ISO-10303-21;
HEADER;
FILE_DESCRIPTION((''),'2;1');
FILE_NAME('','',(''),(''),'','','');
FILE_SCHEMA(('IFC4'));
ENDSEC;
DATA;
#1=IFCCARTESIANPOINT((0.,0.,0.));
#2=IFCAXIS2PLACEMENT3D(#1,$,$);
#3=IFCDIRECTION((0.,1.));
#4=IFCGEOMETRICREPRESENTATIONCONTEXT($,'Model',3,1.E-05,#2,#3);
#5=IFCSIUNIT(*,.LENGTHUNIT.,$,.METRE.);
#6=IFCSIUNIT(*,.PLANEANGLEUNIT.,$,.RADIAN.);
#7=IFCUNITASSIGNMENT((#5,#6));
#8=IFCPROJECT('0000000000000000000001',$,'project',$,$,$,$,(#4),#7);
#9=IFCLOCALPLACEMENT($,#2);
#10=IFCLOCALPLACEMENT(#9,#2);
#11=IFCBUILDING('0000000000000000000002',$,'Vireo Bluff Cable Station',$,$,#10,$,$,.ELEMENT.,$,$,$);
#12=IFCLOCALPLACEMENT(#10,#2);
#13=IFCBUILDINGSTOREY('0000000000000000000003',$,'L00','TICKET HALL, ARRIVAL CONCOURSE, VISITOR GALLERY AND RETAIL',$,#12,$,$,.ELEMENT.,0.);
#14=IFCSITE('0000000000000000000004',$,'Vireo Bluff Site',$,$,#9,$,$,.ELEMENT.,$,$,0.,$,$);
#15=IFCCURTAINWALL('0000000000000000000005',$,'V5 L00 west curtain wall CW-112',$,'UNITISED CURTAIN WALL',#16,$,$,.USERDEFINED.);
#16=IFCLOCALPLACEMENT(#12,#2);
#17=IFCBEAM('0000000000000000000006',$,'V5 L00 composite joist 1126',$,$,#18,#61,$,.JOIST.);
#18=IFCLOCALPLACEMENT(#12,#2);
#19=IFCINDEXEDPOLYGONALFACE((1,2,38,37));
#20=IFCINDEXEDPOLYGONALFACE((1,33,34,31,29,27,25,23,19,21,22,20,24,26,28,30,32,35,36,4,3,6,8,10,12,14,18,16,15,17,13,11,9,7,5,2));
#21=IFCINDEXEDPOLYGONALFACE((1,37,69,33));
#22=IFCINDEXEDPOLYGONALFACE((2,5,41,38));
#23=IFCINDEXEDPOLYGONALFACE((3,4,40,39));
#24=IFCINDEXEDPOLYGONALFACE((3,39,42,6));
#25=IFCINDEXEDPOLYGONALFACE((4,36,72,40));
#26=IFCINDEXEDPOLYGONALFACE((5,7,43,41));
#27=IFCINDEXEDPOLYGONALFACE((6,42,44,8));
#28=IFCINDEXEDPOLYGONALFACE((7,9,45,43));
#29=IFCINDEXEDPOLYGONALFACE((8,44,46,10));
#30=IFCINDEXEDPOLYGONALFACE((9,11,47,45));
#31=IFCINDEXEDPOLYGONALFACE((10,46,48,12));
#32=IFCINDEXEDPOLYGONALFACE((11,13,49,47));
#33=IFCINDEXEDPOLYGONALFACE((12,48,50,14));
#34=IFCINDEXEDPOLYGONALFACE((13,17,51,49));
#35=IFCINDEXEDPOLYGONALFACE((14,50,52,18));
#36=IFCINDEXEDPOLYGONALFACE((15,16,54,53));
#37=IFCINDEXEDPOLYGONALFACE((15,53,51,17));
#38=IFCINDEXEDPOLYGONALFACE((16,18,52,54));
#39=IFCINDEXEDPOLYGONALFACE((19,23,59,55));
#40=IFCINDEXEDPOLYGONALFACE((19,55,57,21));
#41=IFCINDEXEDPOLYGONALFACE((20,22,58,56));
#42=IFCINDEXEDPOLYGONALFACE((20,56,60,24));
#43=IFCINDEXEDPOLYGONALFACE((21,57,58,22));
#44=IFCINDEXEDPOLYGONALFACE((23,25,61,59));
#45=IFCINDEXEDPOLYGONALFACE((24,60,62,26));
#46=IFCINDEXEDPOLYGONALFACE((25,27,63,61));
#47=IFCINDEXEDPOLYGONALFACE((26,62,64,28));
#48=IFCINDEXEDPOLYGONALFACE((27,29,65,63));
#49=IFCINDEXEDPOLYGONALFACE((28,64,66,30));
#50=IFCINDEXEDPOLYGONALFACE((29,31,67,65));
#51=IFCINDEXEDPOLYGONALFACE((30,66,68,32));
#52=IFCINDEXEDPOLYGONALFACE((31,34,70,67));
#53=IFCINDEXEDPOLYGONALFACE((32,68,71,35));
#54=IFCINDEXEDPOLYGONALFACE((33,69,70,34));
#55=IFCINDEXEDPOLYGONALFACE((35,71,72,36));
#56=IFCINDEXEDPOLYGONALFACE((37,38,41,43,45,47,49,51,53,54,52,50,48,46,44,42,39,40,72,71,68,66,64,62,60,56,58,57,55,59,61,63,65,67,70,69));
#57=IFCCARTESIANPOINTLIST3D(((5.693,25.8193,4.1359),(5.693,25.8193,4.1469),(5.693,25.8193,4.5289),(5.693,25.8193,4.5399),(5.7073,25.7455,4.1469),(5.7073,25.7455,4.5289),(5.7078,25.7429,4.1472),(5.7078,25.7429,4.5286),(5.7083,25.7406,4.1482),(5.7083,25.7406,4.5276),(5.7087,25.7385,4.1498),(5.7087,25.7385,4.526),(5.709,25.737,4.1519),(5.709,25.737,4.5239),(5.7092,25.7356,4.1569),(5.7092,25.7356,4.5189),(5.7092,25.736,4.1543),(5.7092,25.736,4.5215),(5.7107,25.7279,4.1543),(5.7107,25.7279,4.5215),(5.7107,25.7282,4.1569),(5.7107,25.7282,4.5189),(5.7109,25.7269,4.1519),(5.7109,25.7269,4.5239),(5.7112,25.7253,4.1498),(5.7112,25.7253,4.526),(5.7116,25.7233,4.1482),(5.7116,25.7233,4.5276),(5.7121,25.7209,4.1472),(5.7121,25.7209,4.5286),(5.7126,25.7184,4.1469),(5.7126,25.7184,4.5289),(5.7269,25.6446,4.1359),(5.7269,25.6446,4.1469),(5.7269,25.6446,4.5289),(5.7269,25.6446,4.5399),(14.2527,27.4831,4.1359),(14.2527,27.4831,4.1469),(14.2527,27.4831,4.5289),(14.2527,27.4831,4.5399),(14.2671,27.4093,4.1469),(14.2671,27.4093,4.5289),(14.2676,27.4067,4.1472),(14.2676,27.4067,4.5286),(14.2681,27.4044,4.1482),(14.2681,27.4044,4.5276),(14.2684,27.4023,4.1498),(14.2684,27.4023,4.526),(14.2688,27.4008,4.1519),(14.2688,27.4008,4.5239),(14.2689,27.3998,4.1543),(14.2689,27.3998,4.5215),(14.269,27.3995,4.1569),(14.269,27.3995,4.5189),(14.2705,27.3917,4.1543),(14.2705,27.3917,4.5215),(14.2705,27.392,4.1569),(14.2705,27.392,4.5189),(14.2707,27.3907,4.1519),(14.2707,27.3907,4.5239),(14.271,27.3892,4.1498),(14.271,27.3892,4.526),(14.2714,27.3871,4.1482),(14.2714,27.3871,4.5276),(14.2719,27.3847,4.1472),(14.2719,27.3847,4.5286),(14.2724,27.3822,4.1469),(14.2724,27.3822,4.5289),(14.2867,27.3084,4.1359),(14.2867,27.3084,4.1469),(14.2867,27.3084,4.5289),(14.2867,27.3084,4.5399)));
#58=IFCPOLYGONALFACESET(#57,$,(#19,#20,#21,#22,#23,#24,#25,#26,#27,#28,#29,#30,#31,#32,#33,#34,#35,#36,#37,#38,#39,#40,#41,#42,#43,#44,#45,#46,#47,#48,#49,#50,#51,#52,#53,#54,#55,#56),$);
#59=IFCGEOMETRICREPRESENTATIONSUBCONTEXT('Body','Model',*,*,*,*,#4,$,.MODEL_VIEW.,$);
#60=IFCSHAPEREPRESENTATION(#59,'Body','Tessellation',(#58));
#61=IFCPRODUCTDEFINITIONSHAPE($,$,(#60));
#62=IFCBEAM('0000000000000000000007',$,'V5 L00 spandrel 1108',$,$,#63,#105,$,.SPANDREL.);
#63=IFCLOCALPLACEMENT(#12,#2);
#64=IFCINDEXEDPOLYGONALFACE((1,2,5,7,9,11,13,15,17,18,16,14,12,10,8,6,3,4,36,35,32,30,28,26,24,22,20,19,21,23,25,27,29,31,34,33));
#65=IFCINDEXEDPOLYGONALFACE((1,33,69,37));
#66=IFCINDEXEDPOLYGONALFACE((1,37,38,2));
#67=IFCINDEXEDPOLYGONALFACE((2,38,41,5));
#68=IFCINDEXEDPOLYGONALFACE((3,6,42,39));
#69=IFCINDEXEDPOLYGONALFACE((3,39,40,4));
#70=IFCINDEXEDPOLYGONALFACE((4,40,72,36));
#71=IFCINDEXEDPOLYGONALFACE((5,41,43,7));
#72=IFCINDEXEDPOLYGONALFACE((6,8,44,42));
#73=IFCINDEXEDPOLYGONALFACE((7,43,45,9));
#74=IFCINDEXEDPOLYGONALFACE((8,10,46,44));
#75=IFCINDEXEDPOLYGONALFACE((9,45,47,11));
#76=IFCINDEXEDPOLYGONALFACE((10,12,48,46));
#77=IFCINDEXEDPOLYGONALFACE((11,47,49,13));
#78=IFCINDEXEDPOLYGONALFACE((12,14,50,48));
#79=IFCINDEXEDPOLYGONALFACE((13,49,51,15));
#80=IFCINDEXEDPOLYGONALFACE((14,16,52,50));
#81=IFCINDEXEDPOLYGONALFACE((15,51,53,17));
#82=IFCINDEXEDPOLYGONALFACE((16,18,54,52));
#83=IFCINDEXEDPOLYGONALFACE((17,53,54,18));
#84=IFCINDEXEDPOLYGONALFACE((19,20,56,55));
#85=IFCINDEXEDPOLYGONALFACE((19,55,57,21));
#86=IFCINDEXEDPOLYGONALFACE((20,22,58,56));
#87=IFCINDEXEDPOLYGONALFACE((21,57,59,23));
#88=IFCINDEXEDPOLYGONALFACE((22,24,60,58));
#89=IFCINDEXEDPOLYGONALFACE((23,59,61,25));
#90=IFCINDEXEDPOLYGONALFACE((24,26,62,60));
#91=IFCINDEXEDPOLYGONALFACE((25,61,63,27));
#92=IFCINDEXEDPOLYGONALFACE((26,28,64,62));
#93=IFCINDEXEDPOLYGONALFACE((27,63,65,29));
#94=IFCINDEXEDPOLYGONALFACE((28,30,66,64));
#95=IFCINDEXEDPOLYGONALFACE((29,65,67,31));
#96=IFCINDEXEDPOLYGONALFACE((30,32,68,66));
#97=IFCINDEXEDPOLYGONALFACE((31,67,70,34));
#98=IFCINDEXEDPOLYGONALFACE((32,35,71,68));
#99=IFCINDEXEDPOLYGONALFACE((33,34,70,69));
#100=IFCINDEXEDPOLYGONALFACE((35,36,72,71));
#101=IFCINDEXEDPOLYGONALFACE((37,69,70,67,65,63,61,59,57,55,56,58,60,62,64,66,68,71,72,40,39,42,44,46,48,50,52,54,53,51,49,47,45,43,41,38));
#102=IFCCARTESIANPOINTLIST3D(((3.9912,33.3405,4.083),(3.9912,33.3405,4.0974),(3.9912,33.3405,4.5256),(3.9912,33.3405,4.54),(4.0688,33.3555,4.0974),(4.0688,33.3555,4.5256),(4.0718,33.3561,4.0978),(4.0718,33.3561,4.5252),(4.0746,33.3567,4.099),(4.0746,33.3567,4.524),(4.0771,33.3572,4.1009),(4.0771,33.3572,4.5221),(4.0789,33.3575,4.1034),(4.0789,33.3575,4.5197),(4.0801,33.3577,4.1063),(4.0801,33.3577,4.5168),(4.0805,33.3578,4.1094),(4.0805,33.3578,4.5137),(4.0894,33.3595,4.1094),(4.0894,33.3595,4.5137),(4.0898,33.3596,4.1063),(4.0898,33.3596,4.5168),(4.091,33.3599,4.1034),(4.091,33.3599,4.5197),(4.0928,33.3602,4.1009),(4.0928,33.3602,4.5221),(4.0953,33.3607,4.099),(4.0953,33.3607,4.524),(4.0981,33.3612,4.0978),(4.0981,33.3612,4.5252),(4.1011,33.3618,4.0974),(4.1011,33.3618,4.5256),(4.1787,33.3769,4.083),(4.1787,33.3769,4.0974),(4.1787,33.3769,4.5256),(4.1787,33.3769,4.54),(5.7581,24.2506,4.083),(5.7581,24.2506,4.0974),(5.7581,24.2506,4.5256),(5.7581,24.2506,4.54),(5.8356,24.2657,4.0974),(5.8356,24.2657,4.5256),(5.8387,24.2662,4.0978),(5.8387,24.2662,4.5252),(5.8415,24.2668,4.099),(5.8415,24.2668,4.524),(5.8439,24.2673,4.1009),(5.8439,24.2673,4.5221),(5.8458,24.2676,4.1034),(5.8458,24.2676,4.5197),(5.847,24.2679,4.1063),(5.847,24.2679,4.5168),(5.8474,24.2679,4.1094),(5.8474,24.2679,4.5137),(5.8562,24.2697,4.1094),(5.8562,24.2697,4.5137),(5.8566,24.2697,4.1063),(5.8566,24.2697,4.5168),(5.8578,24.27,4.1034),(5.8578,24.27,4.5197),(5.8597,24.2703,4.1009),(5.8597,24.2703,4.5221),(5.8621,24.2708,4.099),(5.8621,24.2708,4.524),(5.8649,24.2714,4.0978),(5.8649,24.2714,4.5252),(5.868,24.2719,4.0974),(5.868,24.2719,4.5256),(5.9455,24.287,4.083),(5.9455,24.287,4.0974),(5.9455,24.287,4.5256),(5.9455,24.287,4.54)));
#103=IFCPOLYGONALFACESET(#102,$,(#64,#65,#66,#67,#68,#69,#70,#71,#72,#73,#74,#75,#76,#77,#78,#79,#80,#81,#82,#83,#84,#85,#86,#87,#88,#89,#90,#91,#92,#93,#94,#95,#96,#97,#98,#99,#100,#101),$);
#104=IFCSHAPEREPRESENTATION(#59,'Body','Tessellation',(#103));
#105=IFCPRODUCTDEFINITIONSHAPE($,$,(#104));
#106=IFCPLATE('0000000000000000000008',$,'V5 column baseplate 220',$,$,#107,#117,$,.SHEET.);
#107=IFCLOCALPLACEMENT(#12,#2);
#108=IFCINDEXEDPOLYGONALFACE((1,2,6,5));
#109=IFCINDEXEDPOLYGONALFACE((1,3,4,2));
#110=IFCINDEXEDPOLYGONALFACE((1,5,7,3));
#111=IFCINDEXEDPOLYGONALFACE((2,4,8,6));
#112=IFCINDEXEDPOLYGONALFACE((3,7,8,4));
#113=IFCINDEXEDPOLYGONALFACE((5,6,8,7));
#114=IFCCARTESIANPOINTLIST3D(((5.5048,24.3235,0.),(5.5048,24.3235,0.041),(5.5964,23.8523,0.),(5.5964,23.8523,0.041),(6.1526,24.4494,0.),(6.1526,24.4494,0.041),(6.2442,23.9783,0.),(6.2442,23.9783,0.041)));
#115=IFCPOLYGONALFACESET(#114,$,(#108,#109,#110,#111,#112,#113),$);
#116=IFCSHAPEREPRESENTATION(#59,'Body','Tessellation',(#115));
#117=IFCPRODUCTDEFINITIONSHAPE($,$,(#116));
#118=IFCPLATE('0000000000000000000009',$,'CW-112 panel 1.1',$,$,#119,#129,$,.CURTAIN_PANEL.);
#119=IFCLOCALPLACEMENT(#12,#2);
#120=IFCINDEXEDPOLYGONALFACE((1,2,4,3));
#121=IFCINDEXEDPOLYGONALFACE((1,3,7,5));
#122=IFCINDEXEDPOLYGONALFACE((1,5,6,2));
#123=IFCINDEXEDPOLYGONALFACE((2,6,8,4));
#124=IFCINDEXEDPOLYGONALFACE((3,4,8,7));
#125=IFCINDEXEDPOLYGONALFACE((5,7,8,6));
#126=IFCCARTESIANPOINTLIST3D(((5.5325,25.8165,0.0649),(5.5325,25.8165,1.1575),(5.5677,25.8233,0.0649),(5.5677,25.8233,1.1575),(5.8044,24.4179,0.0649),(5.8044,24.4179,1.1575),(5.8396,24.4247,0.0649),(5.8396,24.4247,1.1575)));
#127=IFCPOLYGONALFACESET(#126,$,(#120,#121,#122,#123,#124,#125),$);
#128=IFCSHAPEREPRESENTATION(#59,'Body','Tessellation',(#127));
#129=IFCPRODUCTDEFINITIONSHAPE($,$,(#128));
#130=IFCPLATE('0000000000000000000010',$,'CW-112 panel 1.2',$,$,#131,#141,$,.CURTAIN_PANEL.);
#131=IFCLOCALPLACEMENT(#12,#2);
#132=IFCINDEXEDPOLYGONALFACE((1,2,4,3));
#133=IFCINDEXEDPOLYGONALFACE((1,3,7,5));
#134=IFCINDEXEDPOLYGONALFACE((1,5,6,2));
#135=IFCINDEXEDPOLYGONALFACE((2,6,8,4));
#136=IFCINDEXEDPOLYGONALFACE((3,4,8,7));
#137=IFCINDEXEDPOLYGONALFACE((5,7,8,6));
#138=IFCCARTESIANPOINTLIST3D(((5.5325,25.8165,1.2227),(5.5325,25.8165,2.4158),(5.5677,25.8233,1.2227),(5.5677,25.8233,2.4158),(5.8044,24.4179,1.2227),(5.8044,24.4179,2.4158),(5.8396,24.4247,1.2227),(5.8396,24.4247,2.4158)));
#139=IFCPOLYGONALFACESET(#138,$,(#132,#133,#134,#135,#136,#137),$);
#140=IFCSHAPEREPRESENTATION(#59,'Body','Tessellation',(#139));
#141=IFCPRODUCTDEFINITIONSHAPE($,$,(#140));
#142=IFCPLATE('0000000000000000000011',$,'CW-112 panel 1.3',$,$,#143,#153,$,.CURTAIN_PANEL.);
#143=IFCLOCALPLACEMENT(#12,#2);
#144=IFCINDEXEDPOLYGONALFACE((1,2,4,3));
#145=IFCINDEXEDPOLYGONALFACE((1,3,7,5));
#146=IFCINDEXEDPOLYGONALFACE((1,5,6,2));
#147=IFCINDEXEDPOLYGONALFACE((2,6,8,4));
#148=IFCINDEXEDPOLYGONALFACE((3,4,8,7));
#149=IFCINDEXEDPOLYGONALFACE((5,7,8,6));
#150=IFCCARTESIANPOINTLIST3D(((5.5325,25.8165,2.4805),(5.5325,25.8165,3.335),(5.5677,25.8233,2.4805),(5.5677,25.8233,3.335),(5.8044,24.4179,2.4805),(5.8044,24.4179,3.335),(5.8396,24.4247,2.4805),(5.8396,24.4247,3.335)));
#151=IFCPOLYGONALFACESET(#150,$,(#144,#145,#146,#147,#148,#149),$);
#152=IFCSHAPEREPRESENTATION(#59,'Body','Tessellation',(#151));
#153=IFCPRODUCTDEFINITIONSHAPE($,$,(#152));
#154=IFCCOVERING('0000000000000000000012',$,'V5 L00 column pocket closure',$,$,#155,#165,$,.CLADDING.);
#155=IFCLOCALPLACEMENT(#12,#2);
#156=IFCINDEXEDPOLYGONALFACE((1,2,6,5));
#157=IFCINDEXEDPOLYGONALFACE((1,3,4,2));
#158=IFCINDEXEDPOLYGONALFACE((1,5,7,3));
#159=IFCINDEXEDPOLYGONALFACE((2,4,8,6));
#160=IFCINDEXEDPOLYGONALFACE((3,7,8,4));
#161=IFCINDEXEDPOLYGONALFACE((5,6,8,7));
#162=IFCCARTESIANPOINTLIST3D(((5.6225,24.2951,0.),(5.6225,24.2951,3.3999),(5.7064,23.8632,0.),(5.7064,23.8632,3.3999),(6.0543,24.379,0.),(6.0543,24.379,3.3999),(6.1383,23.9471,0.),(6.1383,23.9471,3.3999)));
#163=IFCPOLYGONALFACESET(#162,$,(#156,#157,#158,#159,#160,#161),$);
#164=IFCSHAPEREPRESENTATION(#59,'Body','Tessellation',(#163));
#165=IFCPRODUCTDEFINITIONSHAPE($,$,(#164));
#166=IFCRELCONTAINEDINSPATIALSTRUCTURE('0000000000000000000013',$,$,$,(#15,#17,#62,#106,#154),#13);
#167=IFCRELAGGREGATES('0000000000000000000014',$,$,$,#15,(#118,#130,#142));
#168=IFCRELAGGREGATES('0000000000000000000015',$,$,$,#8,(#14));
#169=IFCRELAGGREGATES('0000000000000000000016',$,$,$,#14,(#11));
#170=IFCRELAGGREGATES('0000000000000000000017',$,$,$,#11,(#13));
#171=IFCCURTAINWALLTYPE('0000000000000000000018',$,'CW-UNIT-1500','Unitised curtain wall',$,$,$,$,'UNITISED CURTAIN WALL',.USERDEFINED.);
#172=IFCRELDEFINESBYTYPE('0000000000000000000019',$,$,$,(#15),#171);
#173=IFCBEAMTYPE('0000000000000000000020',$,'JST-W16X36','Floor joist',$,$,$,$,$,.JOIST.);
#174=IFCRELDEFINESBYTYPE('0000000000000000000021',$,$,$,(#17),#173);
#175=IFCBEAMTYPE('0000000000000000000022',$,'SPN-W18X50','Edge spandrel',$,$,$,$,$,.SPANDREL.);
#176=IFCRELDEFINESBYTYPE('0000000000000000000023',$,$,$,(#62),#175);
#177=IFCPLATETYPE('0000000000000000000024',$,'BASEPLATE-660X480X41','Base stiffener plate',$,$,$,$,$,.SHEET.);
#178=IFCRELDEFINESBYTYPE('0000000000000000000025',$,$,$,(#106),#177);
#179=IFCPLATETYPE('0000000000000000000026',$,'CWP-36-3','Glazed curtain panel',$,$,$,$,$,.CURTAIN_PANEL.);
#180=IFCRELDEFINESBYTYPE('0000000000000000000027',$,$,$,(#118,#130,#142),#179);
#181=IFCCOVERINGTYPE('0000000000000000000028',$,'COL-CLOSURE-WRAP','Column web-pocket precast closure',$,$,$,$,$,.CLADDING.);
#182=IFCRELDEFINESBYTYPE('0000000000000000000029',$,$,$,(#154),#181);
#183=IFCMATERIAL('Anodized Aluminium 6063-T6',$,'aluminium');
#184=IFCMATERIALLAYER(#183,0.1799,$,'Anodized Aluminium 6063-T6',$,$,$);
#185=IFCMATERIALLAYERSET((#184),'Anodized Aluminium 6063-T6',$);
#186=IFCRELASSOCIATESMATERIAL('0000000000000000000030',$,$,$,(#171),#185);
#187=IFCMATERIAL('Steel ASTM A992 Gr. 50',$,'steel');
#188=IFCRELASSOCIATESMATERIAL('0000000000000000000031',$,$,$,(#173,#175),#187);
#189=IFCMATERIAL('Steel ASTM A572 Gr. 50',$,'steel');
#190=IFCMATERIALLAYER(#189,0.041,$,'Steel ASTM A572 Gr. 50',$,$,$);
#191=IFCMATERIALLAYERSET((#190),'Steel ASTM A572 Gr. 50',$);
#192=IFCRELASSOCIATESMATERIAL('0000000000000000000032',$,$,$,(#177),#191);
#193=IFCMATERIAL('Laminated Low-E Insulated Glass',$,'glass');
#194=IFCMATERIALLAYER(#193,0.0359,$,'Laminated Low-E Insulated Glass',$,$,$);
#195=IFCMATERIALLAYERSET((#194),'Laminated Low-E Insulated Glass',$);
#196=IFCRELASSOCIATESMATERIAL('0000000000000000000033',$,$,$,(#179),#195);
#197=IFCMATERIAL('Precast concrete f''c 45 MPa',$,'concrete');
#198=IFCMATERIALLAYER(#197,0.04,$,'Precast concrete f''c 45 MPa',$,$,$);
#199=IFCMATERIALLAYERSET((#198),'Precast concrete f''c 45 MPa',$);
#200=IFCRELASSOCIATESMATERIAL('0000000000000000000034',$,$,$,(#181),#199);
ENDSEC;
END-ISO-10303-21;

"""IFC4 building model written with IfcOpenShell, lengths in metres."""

from ifc_helpers import new_model, si_unit, direction, frame, origin, origin_2d, place, context, subcontext, project, spatial, rectangle, i_section, extrude, material, layer, layer_set, material_profile, profile_set, type_object, element, aggregate, save


model = new_model("IFC4")

# Units and contexts
model_context = context("Model", 3, precision=1e-05, world=origin(), true_north=direction((0.0, 1.0)))
body_context = subcontext(model_context, "Body", "Model", "MODEL_VIEW")
ifc_project = project(units=[si_unit("LENGTHUNIT", "METRE"), si_unit("PLANEANGLEUNIT", "RADIAN")], contexts=[model_context])

# Site, building, storey
site_placement = place(None, origin())
site = spatial("IfcSite", under=ifc_project, at=site_placement, Name="Vireo Bluff Site", CompositionType="ELEMENT", RefElevation=0.0)
building_placement = place(site_placement, origin())
building = spatial("IfcBuilding", under=site, at=building_placement, Name="Vireo Bluff Cable Station", CompositionType="ELEMENT")
storey_placement = place(building_placement, origin())
storey = spatial("IfcBuildingStorey", under=building, at=storey_placement, Name="L00", Description="TICKET HALL, ARRIVAL CONCOURSE, VISITOR GALLERY AND RETAIL", CompositionType="ELEMENT", Elevation=0.0)

# Shared definitions
ifc_material_1 = material(Name="Steel ASTM A992 Gr. 50", Category="steel")

# Curtain wall
ifc_material_2 = material(Name="Anodized Aluminium 6063-T6", Category="aluminium")
ifc_layer_1 = layer(ifc_material_2, 0.1799, Name="Anodized Aluminium 6063-T6")
ifc_layer_set_1 = layer_set([ifc_layer_1], Name="Anodized Aluminium 6063-T6")
curtain_wall_type = type_object("IfcCurtainWallType", Name="CW-UNIT-1500", Description="Unitised curtain wall", ElementType="UNITISED CURTAIN WALL", PredefinedType="USERDEFINED", material=ifc_layer_set_1)
curtain_wall_placement = place(storey_placement, origin())
curtain_wall = element("IfcCurtainWall", 1, at=curtain_wall_placement, inside=storey, type_object=curtain_wall_type, Name="V5 L00 west curtain wall CW-112", ObjectType="UNITISED CURTAIN WALL", PredefinedType="USERDEFINED")

# Beams
ifc_material_profile_1 = material_profile(ifc_material_1, i_section(OverallWidth=0.178, OverallDepth=0.4041, WebThickness=0.0076, FlangeThickness=0.011, FilletRadius=0.01, at=origin_2d()), Name="W16X36")
ifc_profile_set_1 = profile_set([ifc_material_profile_1], Name="Steel ASTM A992 Gr. 50")
beam_type_1 = type_object("IfcBeamType", Name="JST-W16X36", Description="Floor joist", PredefinedType="JOIST", material=ifc_profile_set_1)
beam_1_placement = place(storey_placement, frame((5.71, 25.7319, 4.3379), z_axis=(0.981628, 0.190804, 0.0), x_axis=(-0.190804, 0.981628, 0.0)))
element("IfcBeam", 2, at=beam_1_placement, inside=storey, type_object=beam_type_1, Name="V5 L00 composite joist 1126", PredefinedType="JOIST", context=body_context, shape_type="SweptSolid", body=[
    extrude(i_section(OverallWidth=0.178, OverallDepth=0.4041, WebThickness=0.0076, FlangeThickness=0.011, FilletRadius=0.01, at=origin_2d()), origin(), (0.0, 0.0, 1.0), 8.72),
])
ifc_material_profile_2 = material_profile(ifc_material_1, i_section(OverallWidth=0.1909, OverallDepth=0.457, WebThickness=0.009, FlangeThickness=0.0144, FilletRadius=0.012, at=origin_2d()), Name="W18X50")
ifc_profile_set_2 = profile_set([ifc_material_profile_2], Name="Steel ASTM A992 Gr. 50")
beam_type_2 = type_object("IfcBeamType", Name="SPN-W18X50", Description="Edge spandrel", PredefinedType="SPANDREL", material=ifc_profile_set_2)
beam_2_placement = place(storey_placement, frame((5.8518, 24.2688, 4.3115), z_axis=(-0.190805, 0.981628, 0.0), x_axis=(-0.981628, -0.190805, 0.0)))
element("IfcBeam", 3, at=beam_2_placement, inside=storey, type_object=beam_type_2, Name="V5 L00 spandrel 1108", PredefinedType="SPANDREL", context=body_context, shape_type="SweptSolid", body=[
    extrude(i_section(OverallWidth=0.1909, OverallDepth=0.457, WebThickness=0.009, FlangeThickness=0.0144, FilletRadius=0.012, at=origin_2d()), origin(), (0.0, 0.0, 1.0), 9.26),
])

# Plates
ifc_material_3 = material(Name="Steel ASTM A572 Gr. 50", Category="steel")
ifc_layer_2 = layer(ifc_material_3, 0.041, Name="Steel ASTM A572 Gr. 50")
ifc_layer_set_2 = layer_set([ifc_layer_2], Name="Steel ASTM A572 Gr. 50")
plate_type_1 = type_object("IfcPlateType", Name="BASEPLATE-660X480X41", Description="Base stiffener plate", PredefinedType="SHEET", material=ifc_layer_set_2)
plate_1_placement = place(storey_placement, frame((5.8745, 24.1509, 0.0), z_axis=(0.0, 0.0, 1.0), x_axis=(0.981627, 0.190809, 0.0)))
element("IfcPlate", 4, at=plate_1_placement, inside=storey, type_object=plate_type_1, Name="V5 column baseplate 220", PredefinedType="SHEET", context=body_context, shape_type="SweptSolid", body=[
    extrude(rectangle(XDim=0.6599, YDim=0.48, at=origin_2d()), origin(), (0.0, 0.0, 1.0), 0.041),
])
ifc_material_4 = material(Name="Laminated Low-E Insulated Glass", Category="glass")
ifc_layer_3 = layer(ifc_material_4, 0.0359, Name="Laminated Low-E Insulated Glass")
ifc_layer_set_3 = layer_set([ifc_layer_3], Name="Laminated Low-E Insulated Glass")
plate_type_2 = type_object("IfcPlateType", Name="CWP-36-3", Description="Glazed curtain panel", PredefinedType="CURTAIN_PANEL", material=ifc_layer_set_3)
plate_2_placement = place(storey_placement, frame((5.686, 25.1206, 0.0649), z_axis=(0.0, 0.0, 1.0), x_axis=(-0.190809, 0.981627, 0.0)))
plate_2 = element("IfcPlate", 5, at=plate_2_placement, type_object=plate_type_2, Name="CW-112 panel 1.1", PredefinedType="CURTAIN_PANEL", context=body_context, shape_type="SweptSolid", body=[
    extrude(rectangle(XDim=1.4248, YDim=0.0359, at=origin_2d()), origin(), (0.0, 0.0, 1.0), 1.0925),
])
plate_3_placement = place(storey_placement, frame((5.686, 25.1206, 1.2227), z_axis=(0.0, 0.0, 1.0), x_axis=(-0.190809, 0.981627, 0.0)))
plate_3 = element("IfcPlate", 6, at=plate_3_placement, type_object=plate_type_2, Name="CW-112 panel 1.2", PredefinedType="CURTAIN_PANEL", context=body_context, shape_type="SweptSolid", body=[
    extrude(rectangle(XDim=1.4248, YDim=0.0359, at=origin_2d()), origin(), (0.0, 0.0, 1.0), 1.1931),
])
plate_4_placement = place(storey_placement, frame((5.686, 25.1206, 2.4805), z_axis=(0.0, 0.0, 1.0), x_axis=(-0.190809, 0.981627, 0.0)))
plate_4 = element("IfcPlate", 7, at=plate_4_placement, type_object=plate_type_2, Name="CW-112 panel 1.3", PredefinedType="CURTAIN_PANEL", context=body_context, shape_type="SweptSolid", body=[
    extrude(rectangle(XDim=1.4248, YDim=0.0359, at=origin_2d()), origin(), (0.0, 0.0, 1.0), 0.8545),
])
aggregate(curtain_wall, [plate_2, plate_3, plate_4])

# Covering
ifc_material_5 = material(Name="Precast concrete f'c 45 MPa", Category="concrete")
ifc_layer_4 = layer(ifc_material_5, 0.04, Name="Precast concrete f'c 45 MPa")
ifc_layer_set_4 = layer_set([ifc_layer_4], Name="Precast concrete f'c 45 MPa")
covering_type = type_object("IfcCoveringType", Name="COL-CLOSURE-WRAP", Description="Column web-pocket precast closure", PredefinedType="CLADDING", material=ifc_layer_set_4)
covering_placement = place(storey_placement, frame((5.8804, 24.1211, 0.0), z_axis=(0.0, 0.0, 1.0), x_axis=(0.981627, 0.190809, 0.0)))
element("IfcCovering", 8, at=covering_placement, inside=storey, type_object=covering_type, Name="V5 L00 column pocket closure", PredefinedType="CLADDING", context=body_context, shape_type="SweptSolid", body=[
    extrude(rectangle(XDim=0.4399, YDim=0.4399, at=origin_2d()), origin(), (0.0, 0.0, 1.0), 3.3999),
])

save(model, "model.ifc")
